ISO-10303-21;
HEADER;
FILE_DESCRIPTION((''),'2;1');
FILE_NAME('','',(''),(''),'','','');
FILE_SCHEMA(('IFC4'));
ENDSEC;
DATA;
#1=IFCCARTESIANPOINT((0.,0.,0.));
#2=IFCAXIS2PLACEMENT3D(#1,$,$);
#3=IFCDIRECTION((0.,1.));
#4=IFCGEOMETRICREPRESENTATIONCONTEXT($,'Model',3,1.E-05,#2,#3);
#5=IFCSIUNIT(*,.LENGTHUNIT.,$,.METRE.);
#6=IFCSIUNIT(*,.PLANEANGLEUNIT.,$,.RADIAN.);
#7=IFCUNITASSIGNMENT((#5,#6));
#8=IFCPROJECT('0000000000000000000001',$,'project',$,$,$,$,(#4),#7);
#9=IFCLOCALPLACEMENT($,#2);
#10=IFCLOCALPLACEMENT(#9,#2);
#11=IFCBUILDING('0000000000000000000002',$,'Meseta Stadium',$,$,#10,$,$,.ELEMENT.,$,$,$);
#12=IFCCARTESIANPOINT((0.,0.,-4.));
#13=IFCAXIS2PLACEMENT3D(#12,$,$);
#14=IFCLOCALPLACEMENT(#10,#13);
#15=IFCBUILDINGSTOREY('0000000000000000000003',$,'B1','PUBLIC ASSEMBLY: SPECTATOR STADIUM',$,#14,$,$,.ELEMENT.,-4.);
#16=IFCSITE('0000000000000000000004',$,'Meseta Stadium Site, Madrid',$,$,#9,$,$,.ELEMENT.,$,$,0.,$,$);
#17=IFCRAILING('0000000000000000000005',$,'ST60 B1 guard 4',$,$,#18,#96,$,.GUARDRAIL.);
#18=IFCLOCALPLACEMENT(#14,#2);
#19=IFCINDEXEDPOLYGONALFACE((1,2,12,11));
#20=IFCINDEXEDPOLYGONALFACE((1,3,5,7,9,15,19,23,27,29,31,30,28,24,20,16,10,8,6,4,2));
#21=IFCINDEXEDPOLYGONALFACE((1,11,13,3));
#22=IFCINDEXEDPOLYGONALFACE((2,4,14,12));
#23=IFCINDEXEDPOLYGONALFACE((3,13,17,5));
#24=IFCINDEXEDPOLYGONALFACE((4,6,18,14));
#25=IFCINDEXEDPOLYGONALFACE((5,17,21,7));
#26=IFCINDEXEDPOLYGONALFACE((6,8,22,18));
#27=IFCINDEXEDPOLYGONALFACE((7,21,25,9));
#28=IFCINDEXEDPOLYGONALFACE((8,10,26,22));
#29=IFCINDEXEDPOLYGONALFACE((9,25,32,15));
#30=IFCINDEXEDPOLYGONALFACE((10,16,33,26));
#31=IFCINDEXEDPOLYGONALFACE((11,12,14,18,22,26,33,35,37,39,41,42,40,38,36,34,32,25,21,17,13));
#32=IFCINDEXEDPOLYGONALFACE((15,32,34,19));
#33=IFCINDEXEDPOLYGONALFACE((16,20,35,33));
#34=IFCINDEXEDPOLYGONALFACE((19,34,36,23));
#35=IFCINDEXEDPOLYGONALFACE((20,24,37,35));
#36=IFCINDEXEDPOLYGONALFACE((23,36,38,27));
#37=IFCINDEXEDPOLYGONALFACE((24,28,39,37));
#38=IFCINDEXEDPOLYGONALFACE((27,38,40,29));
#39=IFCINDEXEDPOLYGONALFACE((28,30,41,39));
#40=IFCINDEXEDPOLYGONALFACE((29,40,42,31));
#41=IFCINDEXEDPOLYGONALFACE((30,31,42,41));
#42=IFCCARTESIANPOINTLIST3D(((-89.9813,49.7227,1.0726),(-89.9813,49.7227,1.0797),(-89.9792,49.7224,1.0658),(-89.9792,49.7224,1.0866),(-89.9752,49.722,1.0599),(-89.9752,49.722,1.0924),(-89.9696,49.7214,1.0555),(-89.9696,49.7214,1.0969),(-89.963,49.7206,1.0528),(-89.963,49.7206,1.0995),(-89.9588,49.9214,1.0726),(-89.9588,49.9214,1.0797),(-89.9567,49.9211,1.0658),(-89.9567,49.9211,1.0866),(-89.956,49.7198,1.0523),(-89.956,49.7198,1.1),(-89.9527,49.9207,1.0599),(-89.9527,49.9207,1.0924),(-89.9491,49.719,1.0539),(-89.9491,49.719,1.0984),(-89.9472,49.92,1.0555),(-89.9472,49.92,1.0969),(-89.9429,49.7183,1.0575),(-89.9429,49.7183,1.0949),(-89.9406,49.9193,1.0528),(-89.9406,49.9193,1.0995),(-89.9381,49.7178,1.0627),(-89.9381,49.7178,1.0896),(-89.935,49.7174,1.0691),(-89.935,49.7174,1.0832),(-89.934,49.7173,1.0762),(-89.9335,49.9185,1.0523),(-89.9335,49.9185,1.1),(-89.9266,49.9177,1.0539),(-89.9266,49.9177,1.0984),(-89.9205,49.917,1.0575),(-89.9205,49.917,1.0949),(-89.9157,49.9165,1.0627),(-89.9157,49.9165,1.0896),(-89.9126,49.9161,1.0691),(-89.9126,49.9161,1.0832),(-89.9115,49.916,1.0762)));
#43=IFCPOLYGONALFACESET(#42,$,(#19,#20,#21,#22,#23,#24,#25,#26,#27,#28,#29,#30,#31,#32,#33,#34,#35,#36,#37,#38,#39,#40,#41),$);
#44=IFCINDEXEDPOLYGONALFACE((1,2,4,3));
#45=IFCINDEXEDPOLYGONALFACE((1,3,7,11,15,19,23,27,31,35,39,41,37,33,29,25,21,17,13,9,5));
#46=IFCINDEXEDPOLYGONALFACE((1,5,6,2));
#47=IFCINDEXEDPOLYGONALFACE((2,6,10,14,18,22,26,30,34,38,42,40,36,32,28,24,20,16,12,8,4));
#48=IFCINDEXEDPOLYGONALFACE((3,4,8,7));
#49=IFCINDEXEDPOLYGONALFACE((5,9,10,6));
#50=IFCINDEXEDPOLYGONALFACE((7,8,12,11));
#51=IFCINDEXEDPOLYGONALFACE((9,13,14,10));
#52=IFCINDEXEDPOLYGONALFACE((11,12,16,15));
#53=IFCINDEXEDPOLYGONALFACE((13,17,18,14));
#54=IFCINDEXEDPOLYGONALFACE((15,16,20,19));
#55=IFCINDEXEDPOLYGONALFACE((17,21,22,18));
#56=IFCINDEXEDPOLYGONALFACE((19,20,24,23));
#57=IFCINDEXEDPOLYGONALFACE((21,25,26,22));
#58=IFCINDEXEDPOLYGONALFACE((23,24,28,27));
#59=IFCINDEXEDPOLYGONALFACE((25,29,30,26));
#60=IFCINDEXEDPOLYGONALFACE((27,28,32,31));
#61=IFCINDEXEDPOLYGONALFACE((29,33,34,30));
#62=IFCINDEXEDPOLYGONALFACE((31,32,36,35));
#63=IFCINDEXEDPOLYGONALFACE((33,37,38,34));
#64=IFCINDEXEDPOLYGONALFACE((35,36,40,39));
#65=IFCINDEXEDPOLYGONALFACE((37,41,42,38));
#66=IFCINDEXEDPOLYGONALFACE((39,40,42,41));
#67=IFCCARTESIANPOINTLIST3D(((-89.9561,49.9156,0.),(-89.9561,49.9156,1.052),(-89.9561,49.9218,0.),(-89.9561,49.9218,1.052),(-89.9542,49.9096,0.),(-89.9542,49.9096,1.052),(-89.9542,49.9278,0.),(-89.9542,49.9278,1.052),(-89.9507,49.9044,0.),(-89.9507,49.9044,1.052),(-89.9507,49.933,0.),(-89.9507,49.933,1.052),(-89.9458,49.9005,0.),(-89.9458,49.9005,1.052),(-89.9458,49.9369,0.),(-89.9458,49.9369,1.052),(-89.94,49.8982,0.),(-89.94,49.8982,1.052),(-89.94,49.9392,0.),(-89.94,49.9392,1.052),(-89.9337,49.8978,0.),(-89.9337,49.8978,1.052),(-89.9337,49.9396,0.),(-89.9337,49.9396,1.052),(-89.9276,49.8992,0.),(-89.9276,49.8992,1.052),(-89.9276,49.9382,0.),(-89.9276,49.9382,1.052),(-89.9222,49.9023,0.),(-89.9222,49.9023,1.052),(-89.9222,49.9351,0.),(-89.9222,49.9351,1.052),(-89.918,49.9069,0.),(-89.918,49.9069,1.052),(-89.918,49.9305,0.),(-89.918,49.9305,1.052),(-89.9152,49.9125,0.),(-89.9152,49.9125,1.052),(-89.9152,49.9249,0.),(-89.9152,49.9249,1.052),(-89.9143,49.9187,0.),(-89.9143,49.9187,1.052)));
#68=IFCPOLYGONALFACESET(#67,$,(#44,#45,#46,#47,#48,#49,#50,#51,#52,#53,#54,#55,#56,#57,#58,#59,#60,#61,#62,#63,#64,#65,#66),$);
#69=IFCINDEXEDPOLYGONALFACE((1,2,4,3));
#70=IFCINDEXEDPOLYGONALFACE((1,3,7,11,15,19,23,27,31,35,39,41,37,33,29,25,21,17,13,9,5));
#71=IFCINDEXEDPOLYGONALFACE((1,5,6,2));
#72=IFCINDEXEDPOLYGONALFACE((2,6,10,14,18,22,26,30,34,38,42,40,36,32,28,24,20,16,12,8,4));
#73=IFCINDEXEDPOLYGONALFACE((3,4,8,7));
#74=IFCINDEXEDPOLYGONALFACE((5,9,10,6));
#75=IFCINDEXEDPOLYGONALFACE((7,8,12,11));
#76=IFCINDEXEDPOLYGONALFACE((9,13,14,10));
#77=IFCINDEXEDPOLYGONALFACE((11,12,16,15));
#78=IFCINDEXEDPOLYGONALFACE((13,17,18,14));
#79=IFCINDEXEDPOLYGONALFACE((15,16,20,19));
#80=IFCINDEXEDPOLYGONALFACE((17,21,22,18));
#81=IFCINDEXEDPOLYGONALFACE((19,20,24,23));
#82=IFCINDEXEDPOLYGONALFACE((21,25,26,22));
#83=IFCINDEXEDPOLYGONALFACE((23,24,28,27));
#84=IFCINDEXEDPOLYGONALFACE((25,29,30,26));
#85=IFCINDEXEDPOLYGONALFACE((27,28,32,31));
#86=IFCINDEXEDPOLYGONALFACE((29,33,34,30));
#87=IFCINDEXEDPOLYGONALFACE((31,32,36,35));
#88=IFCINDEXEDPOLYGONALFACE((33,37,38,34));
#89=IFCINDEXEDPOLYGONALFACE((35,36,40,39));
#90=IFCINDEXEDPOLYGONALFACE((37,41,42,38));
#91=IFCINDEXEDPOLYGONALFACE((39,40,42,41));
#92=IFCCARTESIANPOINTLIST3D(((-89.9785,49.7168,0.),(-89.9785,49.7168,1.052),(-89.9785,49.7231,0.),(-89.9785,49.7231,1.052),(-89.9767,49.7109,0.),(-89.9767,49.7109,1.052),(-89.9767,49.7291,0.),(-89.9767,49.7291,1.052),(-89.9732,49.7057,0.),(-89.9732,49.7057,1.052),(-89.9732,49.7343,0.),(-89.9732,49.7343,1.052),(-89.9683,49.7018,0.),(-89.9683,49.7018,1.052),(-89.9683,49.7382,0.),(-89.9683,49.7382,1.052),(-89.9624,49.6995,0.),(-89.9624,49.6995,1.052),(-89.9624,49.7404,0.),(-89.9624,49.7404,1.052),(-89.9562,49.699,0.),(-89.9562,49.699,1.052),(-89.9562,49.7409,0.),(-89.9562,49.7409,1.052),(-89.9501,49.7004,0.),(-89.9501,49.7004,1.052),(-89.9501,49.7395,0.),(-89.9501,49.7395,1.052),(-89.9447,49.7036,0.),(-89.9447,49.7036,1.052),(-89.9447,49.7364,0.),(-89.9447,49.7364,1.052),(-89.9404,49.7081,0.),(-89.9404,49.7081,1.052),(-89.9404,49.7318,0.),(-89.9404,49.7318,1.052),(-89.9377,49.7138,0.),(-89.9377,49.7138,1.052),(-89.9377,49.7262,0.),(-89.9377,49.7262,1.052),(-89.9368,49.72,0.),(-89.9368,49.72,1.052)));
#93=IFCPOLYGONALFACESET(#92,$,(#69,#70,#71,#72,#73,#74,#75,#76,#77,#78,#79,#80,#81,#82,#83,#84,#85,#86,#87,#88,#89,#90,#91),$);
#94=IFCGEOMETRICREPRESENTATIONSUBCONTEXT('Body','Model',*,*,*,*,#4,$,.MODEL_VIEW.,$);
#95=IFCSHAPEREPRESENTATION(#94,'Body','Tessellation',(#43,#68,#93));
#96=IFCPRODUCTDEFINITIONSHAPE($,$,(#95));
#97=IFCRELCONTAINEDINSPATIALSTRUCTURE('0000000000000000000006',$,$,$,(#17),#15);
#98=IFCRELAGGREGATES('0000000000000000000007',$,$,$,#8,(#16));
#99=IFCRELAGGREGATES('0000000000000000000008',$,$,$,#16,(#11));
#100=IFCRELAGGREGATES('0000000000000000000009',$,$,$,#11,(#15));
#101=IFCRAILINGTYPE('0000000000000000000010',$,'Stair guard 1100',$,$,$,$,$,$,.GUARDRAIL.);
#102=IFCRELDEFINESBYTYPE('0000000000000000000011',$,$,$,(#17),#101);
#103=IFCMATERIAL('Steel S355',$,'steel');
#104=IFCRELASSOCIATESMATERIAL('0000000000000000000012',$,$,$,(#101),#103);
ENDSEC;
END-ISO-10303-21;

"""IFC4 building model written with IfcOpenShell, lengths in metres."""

from ifc_helpers import new_model, si_unit, direction, frame, origin, origin_2d, place, context, subcontext, project, spatial, circle, extrude, material, type_object, element, save


model = new_model("IFC4")

# Units and contexts
model_context = context("Model", 3, precision=1e-05, world=origin(), true_north=direction((0.0, 1.0)))
body_context = subcontext(model_context, "Body", "Model", "MODEL_VIEW")
ifc_project = project(units=[si_unit("LENGTHUNIT", "METRE"), si_unit("PLANEANGLEUNIT", "RADIAN")], contexts=[model_context])

# Site, building, storey
site_placement = place(None, origin())
site = spatial("IfcSite", under=ifc_project, at=site_placement, Name="Meseta Stadium Site, Madrid", CompositionType="ELEMENT", RefElevation=0.0)
building_placement = place(site_placement, origin())
building = spatial("IfcBuilding", under=site, at=building_placement, Name="Meseta Stadium", CompositionType="ELEMENT")
storey_placement = place(building_placement, frame((0.0, 0.0, -4.0)))
storey = spatial("IfcBuildingStorey", under=building, at=storey_placement, Name="B1", Description="PUBLIC ASSEMBLY: SPECTATOR STADIUM", CompositionType="ELEMENT", Elevation=-4.0)

# Railing
ifc_material_1 = material(Name="Steel S355", Category="steel")
railing_type_1 = type_object("IfcRailingType", Name="Stair guard 1100", PredefinedType="GUARDRAIL", material=ifc_material_1)
railing_1_placement = place(storey_placement, frame((-89.9353, 49.9187, 0.0)))
element("IfcRailing", 1, at=railing_1_placement, inside=storey, type_object=railing_type_1, Name="ST60 B1 guard 4", PredefinedType="GUARDRAIL", context=body_context, shape_type="SweptSolid", body=[
    extrude(circle(Radius=0.0239, at=origin_2d()), frame((0.0, 0.0, 1.0762), z_axis=(-0.112307, -0.993674, 0.0), x_axis=(0.993674, -0.112307, 0.0)), (0.0, 0.0, 1.0), 0.2),
    extrude(circle(Radius=0.021, at=origin_2d()), origin(), (0.0, 0.0, 1.0), 1.052),
    extrude(circle(Radius=0.021, at=origin_2d()), frame((-0.0225, -0.1987, 0.0)), (0.0, 0.0, 1.0), 1.052),
])

save(model, "model.ifc")
